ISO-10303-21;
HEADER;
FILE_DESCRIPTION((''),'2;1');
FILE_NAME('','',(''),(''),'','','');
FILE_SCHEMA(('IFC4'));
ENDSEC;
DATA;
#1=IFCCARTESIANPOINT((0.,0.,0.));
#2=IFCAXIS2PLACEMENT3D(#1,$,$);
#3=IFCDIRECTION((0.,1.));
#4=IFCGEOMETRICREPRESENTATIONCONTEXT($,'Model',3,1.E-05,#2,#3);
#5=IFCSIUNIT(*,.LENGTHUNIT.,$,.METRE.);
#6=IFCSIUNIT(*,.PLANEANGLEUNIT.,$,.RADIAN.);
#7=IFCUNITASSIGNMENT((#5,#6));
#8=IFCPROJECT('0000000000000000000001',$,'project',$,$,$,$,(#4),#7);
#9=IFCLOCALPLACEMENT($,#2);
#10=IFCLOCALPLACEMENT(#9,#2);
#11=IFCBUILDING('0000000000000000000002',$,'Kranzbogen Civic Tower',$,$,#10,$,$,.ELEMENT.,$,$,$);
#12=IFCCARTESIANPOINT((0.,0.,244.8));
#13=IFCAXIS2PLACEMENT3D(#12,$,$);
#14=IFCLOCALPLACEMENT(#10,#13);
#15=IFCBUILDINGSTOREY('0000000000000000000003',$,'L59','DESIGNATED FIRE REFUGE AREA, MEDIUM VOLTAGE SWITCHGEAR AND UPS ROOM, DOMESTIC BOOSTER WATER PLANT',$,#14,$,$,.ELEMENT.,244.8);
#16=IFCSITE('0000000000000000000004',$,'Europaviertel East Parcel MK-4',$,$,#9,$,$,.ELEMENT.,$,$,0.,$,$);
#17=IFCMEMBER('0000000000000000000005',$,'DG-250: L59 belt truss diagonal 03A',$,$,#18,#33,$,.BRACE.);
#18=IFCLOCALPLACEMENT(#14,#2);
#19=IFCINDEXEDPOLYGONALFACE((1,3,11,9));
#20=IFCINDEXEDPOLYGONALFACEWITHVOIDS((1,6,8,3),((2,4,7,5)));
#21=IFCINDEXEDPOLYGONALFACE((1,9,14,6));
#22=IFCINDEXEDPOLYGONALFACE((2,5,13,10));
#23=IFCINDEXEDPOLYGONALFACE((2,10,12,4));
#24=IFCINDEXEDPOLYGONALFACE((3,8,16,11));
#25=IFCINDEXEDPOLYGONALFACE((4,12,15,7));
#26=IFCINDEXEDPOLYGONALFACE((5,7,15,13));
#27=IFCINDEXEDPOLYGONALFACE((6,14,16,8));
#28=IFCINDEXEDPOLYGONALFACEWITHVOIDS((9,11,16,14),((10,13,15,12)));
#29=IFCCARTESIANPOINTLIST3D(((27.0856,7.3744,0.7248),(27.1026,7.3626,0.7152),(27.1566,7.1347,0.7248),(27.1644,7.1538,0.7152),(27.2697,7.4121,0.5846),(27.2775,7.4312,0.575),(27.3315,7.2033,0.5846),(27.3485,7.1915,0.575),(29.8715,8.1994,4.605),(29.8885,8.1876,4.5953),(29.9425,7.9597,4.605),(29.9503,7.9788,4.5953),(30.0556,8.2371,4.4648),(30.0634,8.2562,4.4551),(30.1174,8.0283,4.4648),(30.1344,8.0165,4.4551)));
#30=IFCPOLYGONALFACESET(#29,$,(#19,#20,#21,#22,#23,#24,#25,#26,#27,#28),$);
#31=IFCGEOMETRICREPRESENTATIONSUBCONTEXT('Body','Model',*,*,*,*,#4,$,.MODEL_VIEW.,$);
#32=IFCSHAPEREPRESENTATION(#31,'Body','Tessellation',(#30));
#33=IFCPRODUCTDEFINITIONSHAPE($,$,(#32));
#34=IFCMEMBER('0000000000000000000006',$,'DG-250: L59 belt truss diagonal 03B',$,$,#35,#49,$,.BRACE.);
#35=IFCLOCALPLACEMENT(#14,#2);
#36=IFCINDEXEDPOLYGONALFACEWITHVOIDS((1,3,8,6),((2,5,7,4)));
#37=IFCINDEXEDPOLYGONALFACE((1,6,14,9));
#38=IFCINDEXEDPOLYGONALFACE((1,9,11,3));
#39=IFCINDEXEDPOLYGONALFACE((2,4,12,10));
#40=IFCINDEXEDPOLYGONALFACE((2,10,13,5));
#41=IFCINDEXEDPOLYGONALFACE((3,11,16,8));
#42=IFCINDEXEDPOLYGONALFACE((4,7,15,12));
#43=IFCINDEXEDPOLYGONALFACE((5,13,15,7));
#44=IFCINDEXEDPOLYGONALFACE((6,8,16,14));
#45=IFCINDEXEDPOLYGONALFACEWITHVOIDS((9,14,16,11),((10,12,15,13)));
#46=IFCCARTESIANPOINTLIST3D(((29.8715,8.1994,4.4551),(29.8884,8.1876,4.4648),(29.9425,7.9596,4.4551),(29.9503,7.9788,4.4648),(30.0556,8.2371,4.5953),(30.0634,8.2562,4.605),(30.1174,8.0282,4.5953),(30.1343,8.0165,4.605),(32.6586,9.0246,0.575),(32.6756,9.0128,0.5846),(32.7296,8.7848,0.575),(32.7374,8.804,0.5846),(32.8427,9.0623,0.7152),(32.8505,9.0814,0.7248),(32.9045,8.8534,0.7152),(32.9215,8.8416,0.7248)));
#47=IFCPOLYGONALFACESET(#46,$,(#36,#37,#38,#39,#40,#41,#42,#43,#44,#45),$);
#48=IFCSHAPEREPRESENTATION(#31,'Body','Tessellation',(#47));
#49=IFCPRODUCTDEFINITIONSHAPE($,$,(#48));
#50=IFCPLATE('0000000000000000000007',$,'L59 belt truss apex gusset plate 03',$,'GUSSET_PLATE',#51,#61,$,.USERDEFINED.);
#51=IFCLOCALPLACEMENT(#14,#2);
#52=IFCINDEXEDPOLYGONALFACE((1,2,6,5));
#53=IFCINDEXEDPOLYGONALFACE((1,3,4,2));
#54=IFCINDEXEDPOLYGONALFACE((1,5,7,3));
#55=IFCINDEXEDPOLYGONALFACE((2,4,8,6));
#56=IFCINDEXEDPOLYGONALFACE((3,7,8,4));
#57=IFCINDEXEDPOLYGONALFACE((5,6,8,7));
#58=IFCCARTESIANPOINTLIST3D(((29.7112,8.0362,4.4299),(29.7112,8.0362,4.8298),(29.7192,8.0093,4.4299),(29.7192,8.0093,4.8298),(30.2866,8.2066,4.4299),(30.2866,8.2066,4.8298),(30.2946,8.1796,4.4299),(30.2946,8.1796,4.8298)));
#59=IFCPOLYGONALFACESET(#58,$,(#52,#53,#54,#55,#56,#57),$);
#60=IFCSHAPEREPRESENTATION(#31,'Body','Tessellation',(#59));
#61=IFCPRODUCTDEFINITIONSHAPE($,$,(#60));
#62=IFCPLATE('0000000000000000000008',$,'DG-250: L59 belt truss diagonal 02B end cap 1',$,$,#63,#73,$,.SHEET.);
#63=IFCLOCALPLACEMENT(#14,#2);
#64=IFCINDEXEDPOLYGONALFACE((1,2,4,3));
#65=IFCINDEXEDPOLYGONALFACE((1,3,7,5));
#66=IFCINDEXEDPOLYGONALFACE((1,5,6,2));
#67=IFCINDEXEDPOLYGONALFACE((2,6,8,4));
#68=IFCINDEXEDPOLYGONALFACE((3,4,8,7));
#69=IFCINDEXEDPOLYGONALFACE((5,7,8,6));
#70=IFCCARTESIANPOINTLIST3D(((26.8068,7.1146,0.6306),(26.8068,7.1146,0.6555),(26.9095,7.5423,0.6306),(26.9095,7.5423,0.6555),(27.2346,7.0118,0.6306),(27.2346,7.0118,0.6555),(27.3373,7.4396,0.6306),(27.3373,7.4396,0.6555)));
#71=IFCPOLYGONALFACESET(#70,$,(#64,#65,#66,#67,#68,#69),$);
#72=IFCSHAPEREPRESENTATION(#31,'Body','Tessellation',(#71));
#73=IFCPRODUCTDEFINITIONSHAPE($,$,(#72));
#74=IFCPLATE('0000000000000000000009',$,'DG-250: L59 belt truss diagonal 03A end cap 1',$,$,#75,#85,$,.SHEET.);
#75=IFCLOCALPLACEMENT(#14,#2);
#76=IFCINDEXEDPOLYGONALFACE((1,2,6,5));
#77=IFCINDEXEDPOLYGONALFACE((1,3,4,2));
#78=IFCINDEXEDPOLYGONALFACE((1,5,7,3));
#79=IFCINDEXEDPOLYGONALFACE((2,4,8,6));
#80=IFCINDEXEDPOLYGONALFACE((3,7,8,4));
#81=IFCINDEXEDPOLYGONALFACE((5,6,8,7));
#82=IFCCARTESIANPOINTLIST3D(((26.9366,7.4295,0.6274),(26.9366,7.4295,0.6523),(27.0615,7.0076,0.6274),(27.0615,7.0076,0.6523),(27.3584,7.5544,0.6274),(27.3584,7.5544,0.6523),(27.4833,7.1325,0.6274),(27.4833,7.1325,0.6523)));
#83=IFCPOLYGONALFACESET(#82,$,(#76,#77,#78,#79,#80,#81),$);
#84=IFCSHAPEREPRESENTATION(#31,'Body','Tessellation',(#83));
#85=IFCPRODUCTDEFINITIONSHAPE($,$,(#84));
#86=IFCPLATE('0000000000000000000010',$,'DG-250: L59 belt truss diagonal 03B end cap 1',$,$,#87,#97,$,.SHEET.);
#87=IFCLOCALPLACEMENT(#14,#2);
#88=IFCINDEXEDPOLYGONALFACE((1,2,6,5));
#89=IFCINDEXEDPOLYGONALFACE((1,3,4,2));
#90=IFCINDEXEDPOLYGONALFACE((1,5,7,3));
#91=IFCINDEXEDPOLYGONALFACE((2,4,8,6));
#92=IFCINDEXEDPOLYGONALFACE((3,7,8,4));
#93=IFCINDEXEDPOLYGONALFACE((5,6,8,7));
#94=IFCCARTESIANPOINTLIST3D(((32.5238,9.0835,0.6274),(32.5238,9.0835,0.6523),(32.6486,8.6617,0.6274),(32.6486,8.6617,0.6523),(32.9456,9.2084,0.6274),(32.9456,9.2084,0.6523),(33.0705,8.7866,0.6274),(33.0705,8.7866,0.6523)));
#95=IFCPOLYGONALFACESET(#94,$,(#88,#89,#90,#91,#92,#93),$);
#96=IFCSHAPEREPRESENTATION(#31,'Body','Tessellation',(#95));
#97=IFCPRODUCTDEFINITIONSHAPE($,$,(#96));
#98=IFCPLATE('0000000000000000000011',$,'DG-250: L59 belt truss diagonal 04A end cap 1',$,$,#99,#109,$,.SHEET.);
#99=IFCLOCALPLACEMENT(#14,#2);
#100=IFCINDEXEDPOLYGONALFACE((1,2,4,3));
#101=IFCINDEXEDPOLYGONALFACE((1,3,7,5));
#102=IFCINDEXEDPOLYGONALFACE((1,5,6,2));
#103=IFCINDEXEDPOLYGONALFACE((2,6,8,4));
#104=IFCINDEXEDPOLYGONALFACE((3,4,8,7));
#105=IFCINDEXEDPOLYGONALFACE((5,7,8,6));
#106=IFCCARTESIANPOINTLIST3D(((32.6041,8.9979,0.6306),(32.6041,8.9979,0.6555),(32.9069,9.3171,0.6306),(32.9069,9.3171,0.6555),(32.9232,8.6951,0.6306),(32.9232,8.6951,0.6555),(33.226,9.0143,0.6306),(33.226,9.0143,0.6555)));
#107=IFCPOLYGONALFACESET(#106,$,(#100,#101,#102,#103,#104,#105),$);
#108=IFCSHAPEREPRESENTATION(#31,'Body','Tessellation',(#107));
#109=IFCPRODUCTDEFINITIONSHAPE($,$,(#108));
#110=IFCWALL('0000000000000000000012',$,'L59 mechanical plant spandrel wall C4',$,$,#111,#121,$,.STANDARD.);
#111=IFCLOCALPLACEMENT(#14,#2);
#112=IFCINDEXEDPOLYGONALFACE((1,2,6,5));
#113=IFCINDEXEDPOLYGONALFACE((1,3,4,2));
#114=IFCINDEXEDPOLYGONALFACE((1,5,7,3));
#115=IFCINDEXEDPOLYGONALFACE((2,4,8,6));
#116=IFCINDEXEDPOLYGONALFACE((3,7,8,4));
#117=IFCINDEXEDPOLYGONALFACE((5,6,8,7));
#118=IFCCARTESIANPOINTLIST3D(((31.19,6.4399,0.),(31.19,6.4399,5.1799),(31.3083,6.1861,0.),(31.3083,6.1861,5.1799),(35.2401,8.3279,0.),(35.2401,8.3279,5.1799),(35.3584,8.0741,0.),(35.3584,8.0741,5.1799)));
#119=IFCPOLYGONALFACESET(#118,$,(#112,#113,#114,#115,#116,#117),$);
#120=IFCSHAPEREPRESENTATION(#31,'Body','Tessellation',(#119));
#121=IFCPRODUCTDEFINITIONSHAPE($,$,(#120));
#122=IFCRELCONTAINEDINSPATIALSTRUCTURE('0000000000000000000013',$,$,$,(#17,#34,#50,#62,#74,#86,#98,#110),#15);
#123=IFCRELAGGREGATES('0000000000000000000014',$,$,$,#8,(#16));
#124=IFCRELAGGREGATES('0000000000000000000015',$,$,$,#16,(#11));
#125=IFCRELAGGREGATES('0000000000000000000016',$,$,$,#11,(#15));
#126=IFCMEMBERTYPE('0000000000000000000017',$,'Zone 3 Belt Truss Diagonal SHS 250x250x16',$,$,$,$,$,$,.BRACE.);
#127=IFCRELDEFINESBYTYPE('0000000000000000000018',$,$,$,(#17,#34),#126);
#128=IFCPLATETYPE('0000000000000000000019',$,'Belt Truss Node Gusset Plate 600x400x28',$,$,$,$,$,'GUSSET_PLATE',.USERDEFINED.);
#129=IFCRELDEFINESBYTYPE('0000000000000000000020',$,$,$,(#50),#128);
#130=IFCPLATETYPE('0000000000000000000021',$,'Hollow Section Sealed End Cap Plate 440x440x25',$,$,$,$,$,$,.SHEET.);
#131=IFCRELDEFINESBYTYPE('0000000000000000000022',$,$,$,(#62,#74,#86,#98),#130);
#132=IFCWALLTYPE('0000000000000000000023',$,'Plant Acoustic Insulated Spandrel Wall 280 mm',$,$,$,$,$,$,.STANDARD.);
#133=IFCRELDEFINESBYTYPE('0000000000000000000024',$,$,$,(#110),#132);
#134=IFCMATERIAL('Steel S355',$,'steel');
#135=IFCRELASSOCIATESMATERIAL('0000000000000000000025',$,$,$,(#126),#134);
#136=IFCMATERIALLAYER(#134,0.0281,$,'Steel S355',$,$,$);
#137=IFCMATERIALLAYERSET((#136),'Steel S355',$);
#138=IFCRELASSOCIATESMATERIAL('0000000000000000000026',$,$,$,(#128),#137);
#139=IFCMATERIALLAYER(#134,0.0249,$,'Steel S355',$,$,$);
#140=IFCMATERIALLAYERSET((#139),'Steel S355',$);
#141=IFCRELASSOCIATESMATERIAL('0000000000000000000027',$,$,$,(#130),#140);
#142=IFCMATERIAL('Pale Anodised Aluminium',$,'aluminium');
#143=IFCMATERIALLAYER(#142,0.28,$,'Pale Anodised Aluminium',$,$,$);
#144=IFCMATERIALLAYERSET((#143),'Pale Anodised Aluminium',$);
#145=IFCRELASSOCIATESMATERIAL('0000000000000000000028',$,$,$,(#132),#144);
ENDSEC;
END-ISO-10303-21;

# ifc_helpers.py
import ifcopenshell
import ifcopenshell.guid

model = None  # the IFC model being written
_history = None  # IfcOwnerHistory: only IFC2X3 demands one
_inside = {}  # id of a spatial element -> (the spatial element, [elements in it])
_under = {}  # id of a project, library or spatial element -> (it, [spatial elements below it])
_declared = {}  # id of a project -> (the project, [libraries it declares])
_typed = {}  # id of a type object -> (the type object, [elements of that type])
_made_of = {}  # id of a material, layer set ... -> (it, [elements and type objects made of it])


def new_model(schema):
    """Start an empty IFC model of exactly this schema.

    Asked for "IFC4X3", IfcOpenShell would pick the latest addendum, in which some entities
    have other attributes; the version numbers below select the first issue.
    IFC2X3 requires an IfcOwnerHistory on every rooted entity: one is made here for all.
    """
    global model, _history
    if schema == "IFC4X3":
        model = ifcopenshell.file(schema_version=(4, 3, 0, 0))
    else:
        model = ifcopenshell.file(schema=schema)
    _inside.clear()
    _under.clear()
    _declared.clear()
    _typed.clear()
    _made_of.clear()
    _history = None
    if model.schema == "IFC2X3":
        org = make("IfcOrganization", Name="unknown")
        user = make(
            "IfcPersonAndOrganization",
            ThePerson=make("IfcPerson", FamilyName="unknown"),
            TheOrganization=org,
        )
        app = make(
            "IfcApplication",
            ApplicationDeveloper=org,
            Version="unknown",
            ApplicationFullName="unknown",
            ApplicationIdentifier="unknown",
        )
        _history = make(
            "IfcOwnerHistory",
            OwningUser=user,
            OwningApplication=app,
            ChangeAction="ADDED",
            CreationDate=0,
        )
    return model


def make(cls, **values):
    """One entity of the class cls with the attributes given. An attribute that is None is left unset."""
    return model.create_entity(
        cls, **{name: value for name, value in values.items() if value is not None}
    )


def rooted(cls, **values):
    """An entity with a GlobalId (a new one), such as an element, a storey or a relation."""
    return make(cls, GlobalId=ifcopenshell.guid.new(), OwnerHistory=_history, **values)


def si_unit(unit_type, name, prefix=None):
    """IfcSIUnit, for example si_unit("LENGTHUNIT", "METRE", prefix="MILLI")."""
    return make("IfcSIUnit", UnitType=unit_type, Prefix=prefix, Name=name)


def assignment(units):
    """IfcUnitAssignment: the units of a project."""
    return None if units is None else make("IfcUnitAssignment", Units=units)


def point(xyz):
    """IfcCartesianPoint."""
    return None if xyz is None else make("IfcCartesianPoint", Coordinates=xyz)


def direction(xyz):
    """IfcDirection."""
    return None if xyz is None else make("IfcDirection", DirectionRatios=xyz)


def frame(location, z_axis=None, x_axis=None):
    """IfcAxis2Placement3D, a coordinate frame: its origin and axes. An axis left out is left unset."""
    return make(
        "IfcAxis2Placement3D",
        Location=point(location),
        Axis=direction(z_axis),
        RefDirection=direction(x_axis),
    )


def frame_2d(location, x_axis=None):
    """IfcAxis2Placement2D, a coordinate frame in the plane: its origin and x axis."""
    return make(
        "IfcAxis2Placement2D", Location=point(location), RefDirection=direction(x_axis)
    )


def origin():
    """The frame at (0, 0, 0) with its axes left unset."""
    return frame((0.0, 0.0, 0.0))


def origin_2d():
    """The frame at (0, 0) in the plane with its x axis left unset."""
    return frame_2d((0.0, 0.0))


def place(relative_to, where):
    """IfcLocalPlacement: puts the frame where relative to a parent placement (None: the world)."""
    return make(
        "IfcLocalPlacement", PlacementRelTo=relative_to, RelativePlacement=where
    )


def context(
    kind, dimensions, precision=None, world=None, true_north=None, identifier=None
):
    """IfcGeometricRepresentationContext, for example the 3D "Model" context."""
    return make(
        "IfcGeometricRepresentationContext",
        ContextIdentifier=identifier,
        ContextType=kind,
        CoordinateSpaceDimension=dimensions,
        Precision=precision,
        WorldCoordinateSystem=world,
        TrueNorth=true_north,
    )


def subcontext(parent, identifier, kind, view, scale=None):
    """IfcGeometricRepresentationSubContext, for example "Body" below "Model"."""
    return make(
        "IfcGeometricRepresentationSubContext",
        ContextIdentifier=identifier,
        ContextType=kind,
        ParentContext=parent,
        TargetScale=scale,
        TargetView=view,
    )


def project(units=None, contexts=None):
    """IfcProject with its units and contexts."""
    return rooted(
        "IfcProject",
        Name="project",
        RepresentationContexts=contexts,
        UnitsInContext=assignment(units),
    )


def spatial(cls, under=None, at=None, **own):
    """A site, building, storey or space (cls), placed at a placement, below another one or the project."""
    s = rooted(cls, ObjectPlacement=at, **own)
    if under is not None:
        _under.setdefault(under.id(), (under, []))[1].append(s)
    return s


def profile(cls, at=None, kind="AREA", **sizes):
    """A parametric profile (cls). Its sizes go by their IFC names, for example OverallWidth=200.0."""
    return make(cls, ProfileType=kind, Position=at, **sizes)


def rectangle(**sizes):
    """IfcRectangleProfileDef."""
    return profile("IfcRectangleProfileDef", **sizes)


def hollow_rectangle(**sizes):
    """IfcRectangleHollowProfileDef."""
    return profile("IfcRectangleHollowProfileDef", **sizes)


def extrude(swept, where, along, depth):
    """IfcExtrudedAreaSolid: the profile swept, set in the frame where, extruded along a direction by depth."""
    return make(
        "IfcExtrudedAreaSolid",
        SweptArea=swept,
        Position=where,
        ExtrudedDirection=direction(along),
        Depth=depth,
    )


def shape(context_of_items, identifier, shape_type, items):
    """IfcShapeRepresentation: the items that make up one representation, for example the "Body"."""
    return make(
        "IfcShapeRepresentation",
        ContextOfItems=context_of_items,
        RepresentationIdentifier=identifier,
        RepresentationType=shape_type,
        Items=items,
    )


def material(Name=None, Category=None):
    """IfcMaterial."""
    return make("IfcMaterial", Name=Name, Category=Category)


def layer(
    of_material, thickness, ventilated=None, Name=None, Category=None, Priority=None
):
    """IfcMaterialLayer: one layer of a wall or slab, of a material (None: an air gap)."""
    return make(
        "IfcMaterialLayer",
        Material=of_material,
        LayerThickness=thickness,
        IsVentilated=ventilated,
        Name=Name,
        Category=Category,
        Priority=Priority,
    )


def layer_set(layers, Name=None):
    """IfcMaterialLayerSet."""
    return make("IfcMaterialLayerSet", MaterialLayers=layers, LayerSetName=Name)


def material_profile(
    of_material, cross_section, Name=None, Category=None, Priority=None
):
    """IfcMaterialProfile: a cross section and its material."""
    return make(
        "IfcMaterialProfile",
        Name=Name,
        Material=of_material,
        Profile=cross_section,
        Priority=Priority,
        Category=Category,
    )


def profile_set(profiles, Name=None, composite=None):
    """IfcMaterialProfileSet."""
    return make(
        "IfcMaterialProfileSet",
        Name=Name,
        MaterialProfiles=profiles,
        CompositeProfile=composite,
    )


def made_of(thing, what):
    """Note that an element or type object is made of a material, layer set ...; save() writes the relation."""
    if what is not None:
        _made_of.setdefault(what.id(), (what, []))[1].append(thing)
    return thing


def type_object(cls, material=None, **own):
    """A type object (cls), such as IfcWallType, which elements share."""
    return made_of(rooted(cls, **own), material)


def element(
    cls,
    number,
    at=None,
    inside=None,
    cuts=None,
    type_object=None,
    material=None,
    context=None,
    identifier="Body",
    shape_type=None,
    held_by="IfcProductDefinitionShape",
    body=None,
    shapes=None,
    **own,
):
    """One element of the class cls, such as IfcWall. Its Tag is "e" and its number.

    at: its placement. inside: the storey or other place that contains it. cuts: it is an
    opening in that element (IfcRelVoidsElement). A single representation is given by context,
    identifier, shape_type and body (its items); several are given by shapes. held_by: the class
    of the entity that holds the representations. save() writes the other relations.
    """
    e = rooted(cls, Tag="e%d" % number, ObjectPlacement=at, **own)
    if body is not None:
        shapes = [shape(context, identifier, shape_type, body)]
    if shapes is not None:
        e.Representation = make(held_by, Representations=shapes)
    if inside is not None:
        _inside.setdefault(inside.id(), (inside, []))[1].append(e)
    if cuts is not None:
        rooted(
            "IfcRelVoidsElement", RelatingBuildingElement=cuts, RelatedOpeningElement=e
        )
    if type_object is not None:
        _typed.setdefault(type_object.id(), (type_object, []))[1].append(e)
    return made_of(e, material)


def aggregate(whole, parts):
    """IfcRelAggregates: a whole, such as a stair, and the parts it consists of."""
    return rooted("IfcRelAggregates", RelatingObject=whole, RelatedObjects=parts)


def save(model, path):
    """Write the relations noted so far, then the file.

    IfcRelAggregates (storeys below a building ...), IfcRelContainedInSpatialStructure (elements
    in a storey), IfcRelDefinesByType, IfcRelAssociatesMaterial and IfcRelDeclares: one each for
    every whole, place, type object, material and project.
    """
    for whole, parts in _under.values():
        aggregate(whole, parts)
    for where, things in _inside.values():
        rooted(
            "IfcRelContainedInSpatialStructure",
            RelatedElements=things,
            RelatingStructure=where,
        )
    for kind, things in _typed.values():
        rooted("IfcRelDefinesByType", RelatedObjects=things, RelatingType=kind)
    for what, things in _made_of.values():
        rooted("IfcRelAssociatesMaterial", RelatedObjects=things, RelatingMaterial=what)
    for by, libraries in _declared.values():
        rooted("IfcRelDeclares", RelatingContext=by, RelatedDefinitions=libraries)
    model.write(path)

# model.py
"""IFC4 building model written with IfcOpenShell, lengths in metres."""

from ifc_helpers import new_model, si_unit, direction, frame, frame_2d, origin, origin_2d, place, context, subcontext, project, spatial, rectangle, hollow_rectangle, extrude, material, layer, layer_set, material_profile, profile_set, type_object, element, save


model = new_model("IFC4")

# Units and contexts
model_context = context("Model", 3, precision=1e-05, world=origin(), true_north=direction((0.0, 1.0)))
body_context = subcontext(model_context, "Body", "Model", "MODEL_VIEW")
ifc_project = project(units=[si_unit("LENGTHUNIT", "METRE"), si_unit("PLANEANGLEUNIT", "RADIAN")], contexts=[model_context])

# Site, building, storey
site_placement = place(None, origin())
site = spatial("IfcSite", under=ifc_project, at=site_placement, Name="Europaviertel East Parcel MK-4", CompositionType="ELEMENT", RefElevation=0.0)
building_placement = place(site_placement, origin())
building = spatial("IfcBuilding", under=site, at=building_placement, Name="Kranzbogen Civic Tower", CompositionType="ELEMENT")
storey_placement = place(building_placement, frame((0.0, 0.0, 244.8)))
storey = spatial("IfcBuildingStorey", under=building, at=storey_placement, Name="L59", Description="DESIGNATED FIRE REFUGE AREA, MEDIUM VOLTAGE SWITCHGEAR AND UPS ROOM, DOMESTIC BOOSTER WATER PLANT", CompositionType="ELEMENT", Elevation=244.8)

# Shared definitions
ifc_material_1 = material(Name="Steel S355", Category="steel")

# Members
ifc_material_profile_1 = material_profile(ifc_material_1, hollow_rectangle(XDim=0.25, YDim=0.25, WallThickness=0.0161, at=origin_2d()), Name="SHS 250x250x16")
ifc_profile_set_1 = profile_set([ifc_material_profile_1], Name="Steel S355")
member_type_1 = type_object("IfcMemberType", Name="Zone 3 Belt Truss Diagonal SHS 250x250x16", PredefinedType="BRACE", material=ifc_profile_set_1)
member_1_placement = place(storey_placement, frame((27.217, 7.283, 0.6499), z_axis=(0.57472, 0.170185, 0.800458), x_axis=(-0.283931, 0.958845, 0.0)))
element("IfcMember", 1, at=member_1_placement, inside=storey, type_object=member_type_1, Name="DG-250: L59 belt truss diagonal 03A", PredefinedType="BRACE", context=body_context, shape_type="SweptSolid", body=[
    extrude(hollow_rectangle(XDim=0.25, YDim=0.25, WallThickness=0.0161, at=origin_2d()), origin(), (0.0, 0.0, 1.0), 4.8474),
])
member_2_placement = place(storey_placement, frame((32.79, 8.9331, 0.6499), z_axis=(-0.574884, -0.170209, 0.800336), x_axis=(0.283894, -0.958856, 0.0)))
element("IfcMember", 2, at=member_2_placement, inside=storey, type_object=member_type_1, Name="DG-250: L59 belt truss diagonal 03B", PredefinedType="BRACE", context=body_context, shape_type="SweptSolid", body=[
    extrude(hollow_rectangle(XDim=0.25, YDim=0.25, WallThickness=0.0161, at=origin_2d()), origin(), (0.0, 0.0, 1.0), 4.8481),
])

# Plates
ifc_layer_1 = layer(ifc_material_1, 0.0281, Name="Steel S355")
ifc_layer_set_1 = layer_set([ifc_layer_1], Name="Steel S355")
plate_type_1 = type_object("IfcPlateType", Name="Belt Truss Node Gusset Plate 600x400x28", ElementType="GUSSET_PLATE", PredefinedType="USERDEFINED", material=ifc_layer_set_1)
plate_placement = place(storey_placement, frame((30.0029, 8.1079, 4.4299), z_axis=(0.0, 0.0, 1.0), x_axis=(0.95884, 0.283948, 0.0)))
element("IfcPlate", 3, at=plate_placement, inside=storey, type_object=plate_type_1, Name="L59 belt truss apex gusset plate 03", ObjectType="GUSSET_PLATE", PredefinedType="USERDEFINED", context=body_context, shape_type="SweptSolid", body=[
    extrude(rectangle(XDim=0.6001, YDim=0.0281, at=origin_2d()), origin(), (0.0, 0.0, 1.0), 0.3999),
])
ifc_layer_2 = layer(ifc_material_1, 0.0249, Name="Steel S355")
ifc_layer_set_2 = layer_set([ifc_layer_2], Name="Steel S355")
plate_type_2 = type_object("IfcPlateType", Name="Hollow Section Sealed End Cap Plate 440x440x25", PredefinedType="SHEET", material=ifc_layer_set_2)
for number, where, z_axis, x_axis, name in (
    (4, (27.072, 7.2771, 0.6306), (0.0, 0.0, 1.0), (-0.972362, 0.233479, 0.0), "DG-250: L59 belt truss diagonal 02B end cap 1"),
    (5, (27.21, 7.281, 0.6274), (0.0, 0.0, 1.0), (0.958845, 0.283932, 0.0), "DG-250: L59 belt truss diagonal 03A end cap 1"),
    (6, (32.7971, 8.9351, 0.6274), (0.0, 0.0, 1.0), (-0.958869, -0.283848, 0.0), "DG-250: L59 belt truss diagonal 03B end cap 1"),
    (7, (32.915, 9.0061, 0.6306), (0.0, 0.0, 1.0), (0.688304, 0.725422, 0.0), "DG-250: L59 belt truss diagonal 04A end cap 1"),
):
    element("IfcPlate", number, at=place(storey_placement, frame(where, z_axis=z_axis, x_axis=x_axis)), inside=storey, type_object=plate_type_2, Name=name, PredefinedType="SHEET", context=body_context, shape_type="SweptSolid", body=[
        extrude(rectangle(XDim=0.4399, YDim=0.4399, at=origin_2d()), origin(), (0.0, 0.0, 1.0), 0.0249),
    ])

# Wall
ifc_material_2 = material(Name="Pale Anodised Aluminium", Category="aluminium")
ifc_layer_3 = layer(ifc_material_2, 0.28, Name="Pale Anodised Aluminium")
ifc_layer_set_3 = layer_set([ifc_layer_3], Name="Pale Anodised Aluminium")
wall_type = type_object("IfcWallType", Name="Plant Acoustic Insulated Spandrel Wall 280 mm", PredefinedType="STANDARD", material=ifc_layer_set_3)
wall_placement = place(storey_placement, frame((31.249, 6.313, 0.0), z_axis=(0.0, 0.0, 1.0), x_axis=(0.906362, 0.422503, 0.0)))
element("IfcWall", 8, at=wall_placement, inside=storey, type_object=wall_type, Name="L59 mechanical plant spandrel wall C4", PredefinedType="STANDARD", context=body_context, shape_type="SweptSolid", body=[
    extrude(rectangle(XDim=4.4685, YDim=0.28, at=frame_2d((2.2344, 0.0))), origin(), (0.0, 0.0, 1.0), 5.1799),
])

save(model, "model.ifc")
